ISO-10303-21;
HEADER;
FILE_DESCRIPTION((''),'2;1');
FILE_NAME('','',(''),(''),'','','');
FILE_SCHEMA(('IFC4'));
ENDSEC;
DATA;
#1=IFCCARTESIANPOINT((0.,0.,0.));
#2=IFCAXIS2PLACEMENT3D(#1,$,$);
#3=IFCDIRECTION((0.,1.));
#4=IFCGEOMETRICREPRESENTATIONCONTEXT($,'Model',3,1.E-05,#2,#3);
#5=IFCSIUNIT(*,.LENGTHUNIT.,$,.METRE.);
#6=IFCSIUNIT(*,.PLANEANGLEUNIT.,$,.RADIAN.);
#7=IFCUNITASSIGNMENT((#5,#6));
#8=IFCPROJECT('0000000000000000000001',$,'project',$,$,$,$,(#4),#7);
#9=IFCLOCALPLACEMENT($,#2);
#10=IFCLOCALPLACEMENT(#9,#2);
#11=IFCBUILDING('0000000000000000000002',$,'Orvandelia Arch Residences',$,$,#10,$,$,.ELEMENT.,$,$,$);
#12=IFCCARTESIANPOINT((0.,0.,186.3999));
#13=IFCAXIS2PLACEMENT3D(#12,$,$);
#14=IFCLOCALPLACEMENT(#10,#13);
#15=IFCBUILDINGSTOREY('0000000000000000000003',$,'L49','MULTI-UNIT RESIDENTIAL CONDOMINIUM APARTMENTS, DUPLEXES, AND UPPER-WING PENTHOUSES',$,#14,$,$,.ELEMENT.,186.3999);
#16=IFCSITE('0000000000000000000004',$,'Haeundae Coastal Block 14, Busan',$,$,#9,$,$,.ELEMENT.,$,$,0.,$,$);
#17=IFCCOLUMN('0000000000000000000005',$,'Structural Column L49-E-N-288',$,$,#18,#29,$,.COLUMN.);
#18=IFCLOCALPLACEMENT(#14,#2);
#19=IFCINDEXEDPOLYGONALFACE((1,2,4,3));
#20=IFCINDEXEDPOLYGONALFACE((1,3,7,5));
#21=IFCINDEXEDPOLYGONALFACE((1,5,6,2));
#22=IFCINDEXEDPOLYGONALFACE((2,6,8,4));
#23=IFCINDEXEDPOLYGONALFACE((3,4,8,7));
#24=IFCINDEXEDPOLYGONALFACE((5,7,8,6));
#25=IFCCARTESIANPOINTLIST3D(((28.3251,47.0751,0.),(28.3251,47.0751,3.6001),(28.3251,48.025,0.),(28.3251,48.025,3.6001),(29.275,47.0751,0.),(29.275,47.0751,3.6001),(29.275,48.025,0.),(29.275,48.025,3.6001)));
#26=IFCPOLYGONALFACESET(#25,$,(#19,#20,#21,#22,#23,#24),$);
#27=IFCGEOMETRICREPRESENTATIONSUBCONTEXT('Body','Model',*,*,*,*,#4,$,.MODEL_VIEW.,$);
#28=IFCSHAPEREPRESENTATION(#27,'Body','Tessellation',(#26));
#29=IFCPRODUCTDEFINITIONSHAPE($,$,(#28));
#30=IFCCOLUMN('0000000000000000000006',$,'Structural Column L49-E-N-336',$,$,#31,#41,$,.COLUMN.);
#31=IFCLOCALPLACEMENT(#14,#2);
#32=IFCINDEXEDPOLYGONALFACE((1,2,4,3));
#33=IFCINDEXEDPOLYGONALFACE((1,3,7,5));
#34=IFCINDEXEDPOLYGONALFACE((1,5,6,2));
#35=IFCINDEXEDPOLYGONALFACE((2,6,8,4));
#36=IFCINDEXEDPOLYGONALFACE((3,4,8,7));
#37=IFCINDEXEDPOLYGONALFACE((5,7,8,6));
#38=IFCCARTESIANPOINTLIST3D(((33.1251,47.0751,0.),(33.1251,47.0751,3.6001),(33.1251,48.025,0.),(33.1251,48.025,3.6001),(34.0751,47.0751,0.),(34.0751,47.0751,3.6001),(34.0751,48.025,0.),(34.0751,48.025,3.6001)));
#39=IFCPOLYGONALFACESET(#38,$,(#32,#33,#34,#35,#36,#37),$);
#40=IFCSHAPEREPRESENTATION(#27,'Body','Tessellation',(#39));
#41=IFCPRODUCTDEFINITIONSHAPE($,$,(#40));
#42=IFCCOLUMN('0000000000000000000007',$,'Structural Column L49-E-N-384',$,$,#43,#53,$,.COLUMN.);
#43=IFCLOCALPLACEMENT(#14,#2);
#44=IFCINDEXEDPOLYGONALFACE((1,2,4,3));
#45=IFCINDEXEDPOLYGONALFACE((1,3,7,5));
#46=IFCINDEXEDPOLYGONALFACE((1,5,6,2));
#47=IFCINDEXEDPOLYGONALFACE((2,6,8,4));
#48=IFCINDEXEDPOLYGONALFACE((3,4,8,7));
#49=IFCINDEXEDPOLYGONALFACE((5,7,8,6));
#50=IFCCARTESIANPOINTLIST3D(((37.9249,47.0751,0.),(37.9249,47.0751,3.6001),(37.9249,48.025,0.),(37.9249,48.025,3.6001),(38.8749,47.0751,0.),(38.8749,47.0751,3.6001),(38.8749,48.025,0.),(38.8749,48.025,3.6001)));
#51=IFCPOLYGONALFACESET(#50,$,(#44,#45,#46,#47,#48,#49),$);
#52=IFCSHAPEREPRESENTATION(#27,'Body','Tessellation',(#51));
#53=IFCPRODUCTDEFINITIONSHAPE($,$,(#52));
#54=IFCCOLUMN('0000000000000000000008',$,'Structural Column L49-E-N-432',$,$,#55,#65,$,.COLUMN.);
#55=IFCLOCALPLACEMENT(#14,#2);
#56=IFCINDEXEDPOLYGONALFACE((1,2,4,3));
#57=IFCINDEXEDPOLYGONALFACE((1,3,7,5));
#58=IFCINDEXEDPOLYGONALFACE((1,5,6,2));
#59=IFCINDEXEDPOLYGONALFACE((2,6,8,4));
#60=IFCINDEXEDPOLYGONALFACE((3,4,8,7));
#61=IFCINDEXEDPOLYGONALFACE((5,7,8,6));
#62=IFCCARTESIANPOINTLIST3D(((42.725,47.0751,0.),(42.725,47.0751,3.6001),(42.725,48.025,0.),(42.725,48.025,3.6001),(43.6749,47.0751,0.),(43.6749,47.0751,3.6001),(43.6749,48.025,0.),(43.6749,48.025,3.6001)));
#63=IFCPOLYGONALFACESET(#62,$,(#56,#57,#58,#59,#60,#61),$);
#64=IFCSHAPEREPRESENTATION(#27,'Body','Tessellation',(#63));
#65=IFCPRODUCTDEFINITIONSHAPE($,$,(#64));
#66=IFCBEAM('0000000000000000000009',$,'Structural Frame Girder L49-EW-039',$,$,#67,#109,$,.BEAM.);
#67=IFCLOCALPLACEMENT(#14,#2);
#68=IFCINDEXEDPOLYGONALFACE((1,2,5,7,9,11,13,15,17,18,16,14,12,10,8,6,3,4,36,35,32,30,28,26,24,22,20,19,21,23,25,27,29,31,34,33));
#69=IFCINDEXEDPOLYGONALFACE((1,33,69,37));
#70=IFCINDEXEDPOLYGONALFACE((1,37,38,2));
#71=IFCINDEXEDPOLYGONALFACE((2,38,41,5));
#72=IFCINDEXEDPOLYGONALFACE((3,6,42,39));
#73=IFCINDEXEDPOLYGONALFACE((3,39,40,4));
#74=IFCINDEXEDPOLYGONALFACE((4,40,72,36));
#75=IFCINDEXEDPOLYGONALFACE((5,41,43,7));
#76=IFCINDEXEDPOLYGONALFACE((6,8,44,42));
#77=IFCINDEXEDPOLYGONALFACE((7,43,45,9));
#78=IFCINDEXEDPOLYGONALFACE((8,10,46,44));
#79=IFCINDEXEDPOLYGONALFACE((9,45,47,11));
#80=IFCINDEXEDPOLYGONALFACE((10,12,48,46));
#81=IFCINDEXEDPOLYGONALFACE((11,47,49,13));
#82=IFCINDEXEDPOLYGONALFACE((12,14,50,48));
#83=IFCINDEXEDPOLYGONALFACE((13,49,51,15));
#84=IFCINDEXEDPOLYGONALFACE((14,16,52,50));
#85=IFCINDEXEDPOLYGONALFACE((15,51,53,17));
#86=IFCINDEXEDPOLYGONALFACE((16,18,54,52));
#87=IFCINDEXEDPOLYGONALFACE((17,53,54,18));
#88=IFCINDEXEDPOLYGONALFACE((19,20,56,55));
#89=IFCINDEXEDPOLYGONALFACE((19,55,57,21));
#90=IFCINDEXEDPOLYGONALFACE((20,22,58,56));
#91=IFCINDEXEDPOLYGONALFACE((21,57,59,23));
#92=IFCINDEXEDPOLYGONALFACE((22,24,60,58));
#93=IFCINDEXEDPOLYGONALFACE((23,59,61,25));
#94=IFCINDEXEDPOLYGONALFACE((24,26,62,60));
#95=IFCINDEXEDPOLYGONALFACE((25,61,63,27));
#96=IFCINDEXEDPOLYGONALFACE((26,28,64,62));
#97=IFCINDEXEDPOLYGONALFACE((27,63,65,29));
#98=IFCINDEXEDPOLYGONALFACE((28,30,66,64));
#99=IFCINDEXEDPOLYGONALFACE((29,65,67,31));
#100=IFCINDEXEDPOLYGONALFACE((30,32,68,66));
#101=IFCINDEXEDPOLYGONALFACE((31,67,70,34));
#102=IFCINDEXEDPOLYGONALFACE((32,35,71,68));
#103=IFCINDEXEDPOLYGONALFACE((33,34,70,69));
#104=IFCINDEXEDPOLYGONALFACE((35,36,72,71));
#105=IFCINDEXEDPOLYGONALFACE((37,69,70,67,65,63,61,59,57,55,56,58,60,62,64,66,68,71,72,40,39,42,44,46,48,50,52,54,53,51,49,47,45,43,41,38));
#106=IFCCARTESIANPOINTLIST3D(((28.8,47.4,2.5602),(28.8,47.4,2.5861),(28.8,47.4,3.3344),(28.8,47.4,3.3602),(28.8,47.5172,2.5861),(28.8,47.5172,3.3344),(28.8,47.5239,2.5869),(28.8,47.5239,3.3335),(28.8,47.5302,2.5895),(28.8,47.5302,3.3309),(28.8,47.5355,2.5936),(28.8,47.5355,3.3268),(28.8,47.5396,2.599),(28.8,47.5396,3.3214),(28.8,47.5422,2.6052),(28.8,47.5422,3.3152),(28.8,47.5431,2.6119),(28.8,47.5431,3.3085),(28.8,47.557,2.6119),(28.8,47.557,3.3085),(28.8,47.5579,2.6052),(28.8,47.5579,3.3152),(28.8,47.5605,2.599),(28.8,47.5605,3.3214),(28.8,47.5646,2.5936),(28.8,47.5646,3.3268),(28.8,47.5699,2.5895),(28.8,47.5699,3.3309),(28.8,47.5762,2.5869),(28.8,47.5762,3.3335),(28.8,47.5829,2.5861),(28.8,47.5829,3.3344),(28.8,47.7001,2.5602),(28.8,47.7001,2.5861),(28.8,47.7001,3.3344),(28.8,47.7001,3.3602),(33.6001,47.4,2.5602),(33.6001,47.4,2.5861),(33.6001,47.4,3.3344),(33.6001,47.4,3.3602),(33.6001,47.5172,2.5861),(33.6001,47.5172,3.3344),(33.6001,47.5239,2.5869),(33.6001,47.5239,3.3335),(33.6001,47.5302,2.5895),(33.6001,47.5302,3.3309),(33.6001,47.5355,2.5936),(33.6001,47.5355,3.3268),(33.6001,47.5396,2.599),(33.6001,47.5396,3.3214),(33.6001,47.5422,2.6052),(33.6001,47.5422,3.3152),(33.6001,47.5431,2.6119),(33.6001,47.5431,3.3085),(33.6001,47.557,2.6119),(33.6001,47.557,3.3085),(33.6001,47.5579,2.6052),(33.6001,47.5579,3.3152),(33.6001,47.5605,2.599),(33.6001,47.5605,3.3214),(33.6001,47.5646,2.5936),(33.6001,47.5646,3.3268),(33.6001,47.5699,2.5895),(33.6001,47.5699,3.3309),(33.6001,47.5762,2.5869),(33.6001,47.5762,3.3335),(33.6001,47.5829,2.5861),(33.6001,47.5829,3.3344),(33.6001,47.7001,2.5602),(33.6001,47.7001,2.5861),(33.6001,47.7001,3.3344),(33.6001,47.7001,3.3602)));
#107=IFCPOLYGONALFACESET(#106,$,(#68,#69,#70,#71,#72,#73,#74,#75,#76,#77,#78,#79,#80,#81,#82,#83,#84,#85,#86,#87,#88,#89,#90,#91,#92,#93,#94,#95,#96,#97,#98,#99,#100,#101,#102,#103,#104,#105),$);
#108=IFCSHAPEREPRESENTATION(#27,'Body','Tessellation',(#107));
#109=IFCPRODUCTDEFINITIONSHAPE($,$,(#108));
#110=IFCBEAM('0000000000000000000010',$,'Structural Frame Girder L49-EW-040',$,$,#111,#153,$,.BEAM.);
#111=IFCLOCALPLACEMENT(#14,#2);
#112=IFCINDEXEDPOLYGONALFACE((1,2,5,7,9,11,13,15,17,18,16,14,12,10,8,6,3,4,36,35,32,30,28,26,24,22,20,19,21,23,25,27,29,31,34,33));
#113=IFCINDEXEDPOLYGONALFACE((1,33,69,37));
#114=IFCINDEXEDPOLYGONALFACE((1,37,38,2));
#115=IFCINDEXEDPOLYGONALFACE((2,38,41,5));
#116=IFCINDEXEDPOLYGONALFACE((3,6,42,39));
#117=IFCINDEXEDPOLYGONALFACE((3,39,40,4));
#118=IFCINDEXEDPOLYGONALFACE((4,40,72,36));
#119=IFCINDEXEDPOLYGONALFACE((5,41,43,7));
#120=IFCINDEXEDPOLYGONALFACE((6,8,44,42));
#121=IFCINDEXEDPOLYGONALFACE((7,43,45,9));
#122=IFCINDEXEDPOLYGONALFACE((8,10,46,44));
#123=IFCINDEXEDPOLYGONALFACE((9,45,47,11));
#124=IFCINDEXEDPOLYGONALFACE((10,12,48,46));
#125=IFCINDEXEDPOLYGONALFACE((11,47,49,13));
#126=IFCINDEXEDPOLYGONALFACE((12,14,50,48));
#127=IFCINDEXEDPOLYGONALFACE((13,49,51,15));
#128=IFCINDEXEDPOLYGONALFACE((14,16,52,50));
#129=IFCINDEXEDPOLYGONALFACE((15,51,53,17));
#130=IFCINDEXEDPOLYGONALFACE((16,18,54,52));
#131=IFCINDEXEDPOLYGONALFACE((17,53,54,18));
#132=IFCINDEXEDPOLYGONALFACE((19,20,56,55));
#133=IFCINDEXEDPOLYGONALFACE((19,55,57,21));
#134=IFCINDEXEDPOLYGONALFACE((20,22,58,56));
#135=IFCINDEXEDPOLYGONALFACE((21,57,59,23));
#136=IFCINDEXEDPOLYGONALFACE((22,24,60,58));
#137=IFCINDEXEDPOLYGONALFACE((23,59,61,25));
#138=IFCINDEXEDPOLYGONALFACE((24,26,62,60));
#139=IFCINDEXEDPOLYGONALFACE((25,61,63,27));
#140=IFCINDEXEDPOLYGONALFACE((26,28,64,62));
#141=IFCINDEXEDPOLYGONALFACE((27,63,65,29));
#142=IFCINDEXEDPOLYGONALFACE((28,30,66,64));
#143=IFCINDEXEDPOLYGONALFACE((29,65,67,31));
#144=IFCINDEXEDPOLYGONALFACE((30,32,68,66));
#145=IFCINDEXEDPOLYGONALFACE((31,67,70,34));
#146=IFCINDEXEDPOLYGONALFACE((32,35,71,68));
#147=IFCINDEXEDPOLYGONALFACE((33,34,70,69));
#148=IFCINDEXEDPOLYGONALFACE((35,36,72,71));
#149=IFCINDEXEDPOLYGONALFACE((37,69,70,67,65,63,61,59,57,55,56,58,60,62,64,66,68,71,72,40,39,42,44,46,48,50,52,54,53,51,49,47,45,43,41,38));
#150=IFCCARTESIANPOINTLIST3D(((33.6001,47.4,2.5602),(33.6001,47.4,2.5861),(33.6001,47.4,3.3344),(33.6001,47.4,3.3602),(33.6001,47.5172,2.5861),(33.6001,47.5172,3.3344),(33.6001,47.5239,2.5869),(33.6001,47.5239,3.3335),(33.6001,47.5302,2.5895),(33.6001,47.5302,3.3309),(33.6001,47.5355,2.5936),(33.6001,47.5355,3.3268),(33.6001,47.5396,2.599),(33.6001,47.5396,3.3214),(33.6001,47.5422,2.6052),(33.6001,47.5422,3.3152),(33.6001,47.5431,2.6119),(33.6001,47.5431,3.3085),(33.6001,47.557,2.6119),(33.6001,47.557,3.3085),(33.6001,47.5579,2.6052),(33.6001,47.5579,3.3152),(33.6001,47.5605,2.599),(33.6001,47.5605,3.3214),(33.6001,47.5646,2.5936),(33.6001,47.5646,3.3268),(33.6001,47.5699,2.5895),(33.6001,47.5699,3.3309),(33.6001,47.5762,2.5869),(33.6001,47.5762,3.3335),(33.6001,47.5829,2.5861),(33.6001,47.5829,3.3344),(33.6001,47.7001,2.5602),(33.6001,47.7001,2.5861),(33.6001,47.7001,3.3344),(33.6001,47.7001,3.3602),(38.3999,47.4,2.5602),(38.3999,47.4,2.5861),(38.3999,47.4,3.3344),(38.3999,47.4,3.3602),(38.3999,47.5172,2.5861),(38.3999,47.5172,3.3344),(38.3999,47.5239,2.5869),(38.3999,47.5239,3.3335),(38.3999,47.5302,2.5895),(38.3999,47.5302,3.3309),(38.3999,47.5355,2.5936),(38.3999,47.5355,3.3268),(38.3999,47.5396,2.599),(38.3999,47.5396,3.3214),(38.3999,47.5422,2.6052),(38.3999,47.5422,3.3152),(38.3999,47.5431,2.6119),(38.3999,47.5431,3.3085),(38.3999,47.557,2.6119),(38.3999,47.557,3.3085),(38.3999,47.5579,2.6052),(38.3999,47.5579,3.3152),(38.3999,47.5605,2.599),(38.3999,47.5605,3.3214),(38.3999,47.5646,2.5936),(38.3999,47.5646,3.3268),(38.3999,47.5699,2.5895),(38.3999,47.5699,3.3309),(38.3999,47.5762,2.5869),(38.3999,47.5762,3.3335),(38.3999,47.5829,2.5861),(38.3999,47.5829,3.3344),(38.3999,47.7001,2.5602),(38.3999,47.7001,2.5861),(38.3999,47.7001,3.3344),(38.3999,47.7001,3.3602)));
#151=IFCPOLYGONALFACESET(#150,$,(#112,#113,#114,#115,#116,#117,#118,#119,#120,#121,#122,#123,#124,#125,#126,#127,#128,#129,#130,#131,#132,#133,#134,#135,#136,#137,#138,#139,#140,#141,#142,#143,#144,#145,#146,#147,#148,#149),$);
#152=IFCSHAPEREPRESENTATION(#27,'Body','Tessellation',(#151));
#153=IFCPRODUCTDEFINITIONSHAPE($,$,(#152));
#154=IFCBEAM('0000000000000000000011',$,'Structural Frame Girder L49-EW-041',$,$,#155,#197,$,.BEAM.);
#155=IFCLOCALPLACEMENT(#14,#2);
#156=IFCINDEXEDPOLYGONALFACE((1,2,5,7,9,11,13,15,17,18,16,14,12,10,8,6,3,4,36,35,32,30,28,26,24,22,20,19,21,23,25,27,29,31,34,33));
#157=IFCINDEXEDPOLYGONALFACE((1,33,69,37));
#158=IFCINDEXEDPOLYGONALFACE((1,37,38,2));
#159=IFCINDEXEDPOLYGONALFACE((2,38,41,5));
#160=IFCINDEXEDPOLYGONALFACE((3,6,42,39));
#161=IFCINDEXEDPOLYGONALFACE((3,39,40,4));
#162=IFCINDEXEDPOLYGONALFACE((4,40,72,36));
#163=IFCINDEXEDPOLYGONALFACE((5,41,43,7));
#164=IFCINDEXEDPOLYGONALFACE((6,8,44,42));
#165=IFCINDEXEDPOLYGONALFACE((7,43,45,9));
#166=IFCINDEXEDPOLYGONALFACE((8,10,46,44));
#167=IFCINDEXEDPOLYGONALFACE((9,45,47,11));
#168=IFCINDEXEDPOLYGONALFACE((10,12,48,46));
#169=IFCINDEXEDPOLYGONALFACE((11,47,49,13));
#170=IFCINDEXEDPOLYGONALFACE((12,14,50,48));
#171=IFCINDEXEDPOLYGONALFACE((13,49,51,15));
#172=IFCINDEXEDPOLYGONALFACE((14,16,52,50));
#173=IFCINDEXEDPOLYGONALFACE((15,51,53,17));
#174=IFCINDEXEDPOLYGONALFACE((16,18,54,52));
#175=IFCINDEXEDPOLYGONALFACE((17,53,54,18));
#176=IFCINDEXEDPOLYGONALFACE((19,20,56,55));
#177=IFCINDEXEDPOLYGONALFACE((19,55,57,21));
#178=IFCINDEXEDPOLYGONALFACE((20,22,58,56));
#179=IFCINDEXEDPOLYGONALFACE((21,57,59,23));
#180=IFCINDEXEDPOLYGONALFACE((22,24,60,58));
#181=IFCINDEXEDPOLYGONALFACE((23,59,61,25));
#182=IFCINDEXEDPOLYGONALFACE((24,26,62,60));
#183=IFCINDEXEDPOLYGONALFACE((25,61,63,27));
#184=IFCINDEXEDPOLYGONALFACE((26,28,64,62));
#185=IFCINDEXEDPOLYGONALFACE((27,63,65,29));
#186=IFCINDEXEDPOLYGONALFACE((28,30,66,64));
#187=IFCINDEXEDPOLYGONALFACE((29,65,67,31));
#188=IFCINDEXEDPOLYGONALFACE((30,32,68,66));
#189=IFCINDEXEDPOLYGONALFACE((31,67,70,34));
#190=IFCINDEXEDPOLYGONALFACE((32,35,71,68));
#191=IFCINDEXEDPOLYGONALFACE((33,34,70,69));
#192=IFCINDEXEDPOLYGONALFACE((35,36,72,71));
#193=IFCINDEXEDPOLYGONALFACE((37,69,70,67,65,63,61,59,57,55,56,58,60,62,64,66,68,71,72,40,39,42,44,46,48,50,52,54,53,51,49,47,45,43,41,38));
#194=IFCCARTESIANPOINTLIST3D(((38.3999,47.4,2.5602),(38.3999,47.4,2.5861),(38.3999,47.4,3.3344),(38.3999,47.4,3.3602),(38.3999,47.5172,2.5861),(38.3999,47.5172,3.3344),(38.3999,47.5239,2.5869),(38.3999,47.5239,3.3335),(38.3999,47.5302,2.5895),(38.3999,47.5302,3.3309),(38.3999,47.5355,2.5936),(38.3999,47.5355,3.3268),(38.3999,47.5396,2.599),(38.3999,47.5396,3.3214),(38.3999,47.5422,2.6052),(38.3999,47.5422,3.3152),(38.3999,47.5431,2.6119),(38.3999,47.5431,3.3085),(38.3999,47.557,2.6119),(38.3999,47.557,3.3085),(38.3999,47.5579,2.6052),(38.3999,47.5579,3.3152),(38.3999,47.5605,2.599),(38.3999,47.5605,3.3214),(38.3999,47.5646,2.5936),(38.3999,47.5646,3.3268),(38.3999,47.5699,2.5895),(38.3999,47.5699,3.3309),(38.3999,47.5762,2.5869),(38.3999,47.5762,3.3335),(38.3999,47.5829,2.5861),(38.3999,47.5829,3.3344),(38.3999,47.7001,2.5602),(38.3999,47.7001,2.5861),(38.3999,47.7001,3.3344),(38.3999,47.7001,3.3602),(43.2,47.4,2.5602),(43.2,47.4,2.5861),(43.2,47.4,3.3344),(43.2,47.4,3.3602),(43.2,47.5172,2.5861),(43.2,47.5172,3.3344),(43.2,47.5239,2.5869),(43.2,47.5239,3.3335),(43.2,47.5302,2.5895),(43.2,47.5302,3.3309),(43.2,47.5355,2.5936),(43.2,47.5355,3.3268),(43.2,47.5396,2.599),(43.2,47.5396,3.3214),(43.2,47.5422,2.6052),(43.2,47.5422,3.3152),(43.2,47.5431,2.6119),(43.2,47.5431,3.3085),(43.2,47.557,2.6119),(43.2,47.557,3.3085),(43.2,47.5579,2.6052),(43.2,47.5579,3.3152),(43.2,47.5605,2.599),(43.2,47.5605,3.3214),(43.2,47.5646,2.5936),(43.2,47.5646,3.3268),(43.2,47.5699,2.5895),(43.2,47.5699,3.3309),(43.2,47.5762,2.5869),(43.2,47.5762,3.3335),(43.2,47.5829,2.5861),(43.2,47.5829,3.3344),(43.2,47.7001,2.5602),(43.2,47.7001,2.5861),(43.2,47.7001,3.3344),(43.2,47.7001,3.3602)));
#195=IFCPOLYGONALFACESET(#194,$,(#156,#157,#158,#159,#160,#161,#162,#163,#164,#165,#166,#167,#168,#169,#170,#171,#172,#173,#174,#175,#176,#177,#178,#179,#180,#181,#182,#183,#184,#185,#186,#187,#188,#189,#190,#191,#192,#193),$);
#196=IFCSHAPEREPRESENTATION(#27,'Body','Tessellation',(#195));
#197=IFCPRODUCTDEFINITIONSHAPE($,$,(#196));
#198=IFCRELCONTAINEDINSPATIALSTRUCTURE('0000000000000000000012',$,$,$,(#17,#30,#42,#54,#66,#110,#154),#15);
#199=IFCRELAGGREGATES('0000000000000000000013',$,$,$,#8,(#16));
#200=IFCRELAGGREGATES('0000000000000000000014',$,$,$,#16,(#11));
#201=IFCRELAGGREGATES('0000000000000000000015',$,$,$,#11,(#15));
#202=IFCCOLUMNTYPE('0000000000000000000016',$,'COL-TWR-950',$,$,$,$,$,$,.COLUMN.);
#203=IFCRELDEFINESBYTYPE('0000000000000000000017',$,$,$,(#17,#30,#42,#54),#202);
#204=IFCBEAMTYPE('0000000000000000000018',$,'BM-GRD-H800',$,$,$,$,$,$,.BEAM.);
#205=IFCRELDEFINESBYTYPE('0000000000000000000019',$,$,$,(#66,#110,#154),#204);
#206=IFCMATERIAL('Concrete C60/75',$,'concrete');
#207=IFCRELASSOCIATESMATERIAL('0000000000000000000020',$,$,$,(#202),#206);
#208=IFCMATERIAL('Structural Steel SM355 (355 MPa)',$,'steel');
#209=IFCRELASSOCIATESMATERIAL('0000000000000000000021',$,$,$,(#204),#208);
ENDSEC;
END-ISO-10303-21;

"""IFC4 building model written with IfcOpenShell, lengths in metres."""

from ifc_helpers import new_model, si_unit, direction, frame, origin, origin_2d, place, context, subcontext, project, spatial, rectangle, i_section, extrude, material, material_profile, profile_set, type_object, element, save


model = new_model("IFC4")

# Units and contexts
model_context = context("Model", 3, precision=1e-05, world=origin(), true_north=direction((0.0, 1.0)))
body_context = subcontext(model_context, "Body", "Model", "MODEL_VIEW")
ifc_project = project(units=[si_unit("LENGTHUNIT", "METRE"), si_unit("PLANEANGLEUNIT", "RADIAN")], contexts=[model_context])

# Site, building, storey
site_placement = place(None, origin())
site = spatial("IfcSite", under=ifc_project, at=site_placement, Name="Haeundae Coastal Block 14, Busan", CompositionType="ELEMENT", RefElevation=0.0)
building_placement = place(site_placement, origin())
building = spatial("IfcBuilding", under=site, at=building_placement, Name="Orvandelia Arch Residences", CompositionType="ELEMENT")
storey_placement = place(building_placement, frame((0.0, 0.0, 186.3999)))
storey = spatial("IfcBuildingStorey", under=building, at=storey_placement, Name="L49", Description="MULTI-UNIT RESIDENTIAL CONDOMINIUM APARTMENTS, DUPLEXES, AND UPPER-WING PENTHOUSES", CompositionType="ELEMENT", Elevation=186.3999)

# Columns
ifc_material_1 = material(Name="Concrete C60/75", Category="concrete")
ifc_material_profile_1 = material_profile(ifc_material_1, rectangle(XDim=0.95, YDim=0.95, at=origin_2d()), Name="Concrete C60/75", Category="concrete")
ifc_profile_set_1 = profile_set([ifc_material_profile_1], Name="Concrete C60/75")
column_type = type_object("IfcColumnType", Name="COL-TWR-950", PredefinedType="COLUMN", material=ifc_profile_set_1)
for number, where, z_axis, x_axis, name in (
    (1, (28.8, 47.55, 0.0), (0.0, 0.0, 1.0), (1.0, 0.0, 0.0), "Structural Column L49-E-N-288"),
    (2, (33.6001, 47.55, 0.0), (0.0, 0.0, 1.0), (1.0, 0.0, 0.0), "Structural Column L49-E-N-336"),
    (3, (38.3999, 47.55, 0.0), (0.0, 0.0, 1.0), (1.0, 0.0, 0.0), "Structural Column L49-E-N-384"),
    (4, (43.2, 47.55, 0.0), (0.0, 0.0, 1.0), (1.0, 0.0, 0.0), "Structural Column L49-E-N-432"),
):
    element("IfcColumn", number, at=place(storey_placement, frame(where, z_axis=z_axis, x_axis=x_axis)), inside=storey, type_object=column_type, Name=name, PredefinedType="COLUMN", context=body_context, shape_type="SweptSolid", body=[
        extrude(rectangle(XDim=0.95, YDim=0.95, at=origin_2d()), origin(), (0.0, 0.0, 1.0), 3.6001),
    ])

# Beams
ifc_material_2 = material(Name="Structural Steel SM355 (355 MPa)", Category="steel")
ifc_material_profile_2 = material_profile(ifc_material_2, i_section(OverallWidth=0.3, OverallDepth=0.8, WebThickness=0.0139, FlangeThickness=0.0259, FilletRadius=0.0259, at=origin_2d()), Name="Structural Steel SM355 (355 MPa)", Category="steel")
ifc_profile_set_2 = profile_set([ifc_material_profile_2], Name="Structural Steel SM355 (355 MPa)")
beam_type = type_object("IfcBeamType", Name="BM-GRD-H800", PredefinedType="BEAM", material=ifc_profile_set_2)
beam_1_placement = place(storey_placement, frame((28.8, 47.55, 2.9602), z_axis=(1.0, 0.0, 0.0), x_axis=(0.0, 1.0, 0.0)))
element("IfcBeam", 5, at=beam_1_placement, inside=storey, type_object=beam_type, Name="Structural Frame Girder L49-EW-039", PredefinedType="BEAM", context=body_context, shape_type="SweptSolid", body=[
    extrude(i_section(OverallWidth=0.3, OverallDepth=0.8, WebThickness=0.0139, FlangeThickness=0.0259, FilletRadius=0.0259, at=origin_2d()), origin(), (0.0, 0.0, 1.0), 4.8),
])
beam_2_placement = place(storey_placement, frame((33.6001, 47.55, 2.9602), z_axis=(1.0, 0.0, 0.0), x_axis=(0.0, 1.0, 0.0)))
element("IfcBeam", 6, at=beam_2_placement, inside=storey, type_object=beam_type, Name="Structural Frame Girder L49-EW-040", PredefinedType="BEAM", context=body_context, shape_type="SweptSolid", body=[
    extrude(i_section(OverallWidth=0.3, OverallDepth=0.8, WebThickness=0.0139, FlangeThickness=0.0259, FilletRadius=0.0259, at=origin_2d()), origin(), (0.0, 0.0, 1.0), 4.7998),
])
for number, where, z_axis, x_axis, name in (
    (7, (38.3999, 47.55, 2.9602), (1.0, 0.0, 0.0), (0.0, 1.0, 0.0), "Structural Frame Girder L49-EW-041"),
):
    element("IfcBeam", number, at=place(storey_placement, frame(where, z_axis=z_axis, x_axis=x_axis)), inside=storey, type_object=beam_type, Name=name, PredefinedType="BEAM", context=body_context, shape_type="SweptSolid", body=[
        extrude(i_section(OverallWidth=0.3, OverallDepth=0.8, WebThickness=0.0139, FlangeThickness=0.0259, FilletRadius=0.0259, at=origin_2d()), origin(), (0.0, 0.0, 1.0), 4.8),
    ])

save(model, "model.ifc")
